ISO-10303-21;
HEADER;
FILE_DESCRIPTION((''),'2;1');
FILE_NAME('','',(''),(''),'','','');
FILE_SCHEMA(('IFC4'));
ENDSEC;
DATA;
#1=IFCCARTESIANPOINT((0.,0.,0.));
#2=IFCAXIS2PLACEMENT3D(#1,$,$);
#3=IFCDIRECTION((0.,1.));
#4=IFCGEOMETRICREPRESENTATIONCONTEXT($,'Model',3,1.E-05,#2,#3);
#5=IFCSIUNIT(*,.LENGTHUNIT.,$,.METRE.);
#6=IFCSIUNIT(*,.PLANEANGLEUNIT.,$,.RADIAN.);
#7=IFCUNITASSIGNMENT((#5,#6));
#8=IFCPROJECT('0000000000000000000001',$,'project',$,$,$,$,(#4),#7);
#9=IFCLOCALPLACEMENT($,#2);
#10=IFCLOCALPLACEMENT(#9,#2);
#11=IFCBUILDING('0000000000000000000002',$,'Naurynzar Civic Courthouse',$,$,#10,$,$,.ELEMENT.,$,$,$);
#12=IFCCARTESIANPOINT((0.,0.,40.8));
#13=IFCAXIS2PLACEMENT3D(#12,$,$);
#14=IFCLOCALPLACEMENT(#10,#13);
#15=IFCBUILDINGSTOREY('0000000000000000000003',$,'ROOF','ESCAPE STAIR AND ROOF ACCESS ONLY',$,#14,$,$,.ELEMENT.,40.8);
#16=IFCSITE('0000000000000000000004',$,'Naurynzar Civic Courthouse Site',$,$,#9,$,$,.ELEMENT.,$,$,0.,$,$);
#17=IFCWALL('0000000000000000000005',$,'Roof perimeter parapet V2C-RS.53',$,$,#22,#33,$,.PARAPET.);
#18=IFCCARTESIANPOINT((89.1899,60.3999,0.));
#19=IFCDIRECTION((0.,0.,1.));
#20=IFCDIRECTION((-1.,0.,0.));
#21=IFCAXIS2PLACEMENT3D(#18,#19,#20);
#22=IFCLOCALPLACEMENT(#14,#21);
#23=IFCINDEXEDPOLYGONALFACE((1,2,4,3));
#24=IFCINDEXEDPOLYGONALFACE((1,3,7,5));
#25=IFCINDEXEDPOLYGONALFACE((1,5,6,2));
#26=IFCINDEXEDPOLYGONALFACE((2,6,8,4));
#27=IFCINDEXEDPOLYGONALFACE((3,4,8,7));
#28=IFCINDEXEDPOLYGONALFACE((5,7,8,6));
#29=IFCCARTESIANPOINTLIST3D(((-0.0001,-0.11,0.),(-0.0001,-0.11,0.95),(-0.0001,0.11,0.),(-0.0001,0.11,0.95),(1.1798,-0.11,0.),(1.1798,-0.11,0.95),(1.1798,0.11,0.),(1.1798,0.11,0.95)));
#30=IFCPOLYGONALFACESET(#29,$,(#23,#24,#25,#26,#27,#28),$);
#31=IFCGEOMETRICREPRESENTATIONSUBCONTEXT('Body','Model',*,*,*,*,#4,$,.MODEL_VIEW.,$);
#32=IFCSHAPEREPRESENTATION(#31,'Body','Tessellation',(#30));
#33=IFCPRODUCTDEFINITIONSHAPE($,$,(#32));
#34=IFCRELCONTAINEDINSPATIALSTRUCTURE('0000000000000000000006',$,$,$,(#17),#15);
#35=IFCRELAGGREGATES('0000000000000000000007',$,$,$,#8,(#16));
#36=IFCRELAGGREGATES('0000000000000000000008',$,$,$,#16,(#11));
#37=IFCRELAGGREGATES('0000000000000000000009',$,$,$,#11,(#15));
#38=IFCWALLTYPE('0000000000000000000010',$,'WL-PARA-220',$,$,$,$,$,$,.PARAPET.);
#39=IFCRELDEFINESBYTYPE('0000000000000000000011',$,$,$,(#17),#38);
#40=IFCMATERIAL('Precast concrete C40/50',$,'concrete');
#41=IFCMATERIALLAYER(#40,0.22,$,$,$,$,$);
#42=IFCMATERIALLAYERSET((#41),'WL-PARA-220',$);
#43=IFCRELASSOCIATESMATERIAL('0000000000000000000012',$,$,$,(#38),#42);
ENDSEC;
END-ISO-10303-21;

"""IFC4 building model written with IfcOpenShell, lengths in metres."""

from ifc_helpers import new_model, si_unit, direction, frame, frame_2d, origin, place, context, subcontext, project, spatial, rectangle, extrude, material, layer, layer_set, type_object, element, save


model = new_model("IFC4")

# Units and contexts
model_context = context("Model", 3, precision=1e-05, world=origin(), true_north=direction((0.0, 1.0)))
body_context = subcontext(model_context, "Body", "Model", "MODEL_VIEW")
ifc_project = project(units=[si_unit("LENGTHUNIT", "METRE"), si_unit("PLANEANGLEUNIT", "RADIAN")], contexts=[model_context])

# Site, building, storey
site_placement = place(None, origin())
site = spatial("IfcSite", under=ifc_project, at=site_placement, Name="Naurynzar Civic Courthouse Site", CompositionType="ELEMENT", RefElevation=0.0)
building_placement = place(site_placement, origin())
building = spatial("IfcBuilding", under=site, at=building_placement, Name="Naurynzar Civic Courthouse", CompositionType="ELEMENT")
storey_placement = place(building_placement, frame((0.0, 0.0, 40.8)))
storey = spatial("IfcBuildingStorey", under=building, at=storey_placement, Name="ROOF", Description="ESCAPE STAIR AND ROOF ACCESS ONLY", CompositionType="ELEMENT", Elevation=40.8)

# Wall
ifc_material_1 = material(Name="Precast concrete C40/50", Category="concrete")
ifc_layer_1 = layer(ifc_material_1, 0.22)
ifc_layer_set_1 = layer_set([ifc_layer_1], Name="WL-PARA-220")
wall_type_1 = type_object("IfcWallType", Name="WL-PARA-220", PredefinedType="PARAPET", material=ifc_layer_set_1)
for number, where, z_axis, x_axis, name in (
    (1, (89.1899, 60.3999, 0.0), (0.0, 0.0, 1.0), (-1.0, 0.0, 0.0), "Roof perimeter parapet V2C-RS.53"),
):
    element("IfcWall", number, at=place(storey_placement, frame(where, z_axis=z_axis, x_axis=x_axis)), inside=storey, type_object=wall_type_1, Name=name, PredefinedType="PARAPET", context=body_context, shape_type="SweptSolid", body=[
        extrude(rectangle(XDim=1.1799, YDim=0.22, at=frame_2d((0.5898, 0.0))), origin(), (0.0, 0.0, 1.0), 0.95),
    ])

save(model, "model.ifc")
